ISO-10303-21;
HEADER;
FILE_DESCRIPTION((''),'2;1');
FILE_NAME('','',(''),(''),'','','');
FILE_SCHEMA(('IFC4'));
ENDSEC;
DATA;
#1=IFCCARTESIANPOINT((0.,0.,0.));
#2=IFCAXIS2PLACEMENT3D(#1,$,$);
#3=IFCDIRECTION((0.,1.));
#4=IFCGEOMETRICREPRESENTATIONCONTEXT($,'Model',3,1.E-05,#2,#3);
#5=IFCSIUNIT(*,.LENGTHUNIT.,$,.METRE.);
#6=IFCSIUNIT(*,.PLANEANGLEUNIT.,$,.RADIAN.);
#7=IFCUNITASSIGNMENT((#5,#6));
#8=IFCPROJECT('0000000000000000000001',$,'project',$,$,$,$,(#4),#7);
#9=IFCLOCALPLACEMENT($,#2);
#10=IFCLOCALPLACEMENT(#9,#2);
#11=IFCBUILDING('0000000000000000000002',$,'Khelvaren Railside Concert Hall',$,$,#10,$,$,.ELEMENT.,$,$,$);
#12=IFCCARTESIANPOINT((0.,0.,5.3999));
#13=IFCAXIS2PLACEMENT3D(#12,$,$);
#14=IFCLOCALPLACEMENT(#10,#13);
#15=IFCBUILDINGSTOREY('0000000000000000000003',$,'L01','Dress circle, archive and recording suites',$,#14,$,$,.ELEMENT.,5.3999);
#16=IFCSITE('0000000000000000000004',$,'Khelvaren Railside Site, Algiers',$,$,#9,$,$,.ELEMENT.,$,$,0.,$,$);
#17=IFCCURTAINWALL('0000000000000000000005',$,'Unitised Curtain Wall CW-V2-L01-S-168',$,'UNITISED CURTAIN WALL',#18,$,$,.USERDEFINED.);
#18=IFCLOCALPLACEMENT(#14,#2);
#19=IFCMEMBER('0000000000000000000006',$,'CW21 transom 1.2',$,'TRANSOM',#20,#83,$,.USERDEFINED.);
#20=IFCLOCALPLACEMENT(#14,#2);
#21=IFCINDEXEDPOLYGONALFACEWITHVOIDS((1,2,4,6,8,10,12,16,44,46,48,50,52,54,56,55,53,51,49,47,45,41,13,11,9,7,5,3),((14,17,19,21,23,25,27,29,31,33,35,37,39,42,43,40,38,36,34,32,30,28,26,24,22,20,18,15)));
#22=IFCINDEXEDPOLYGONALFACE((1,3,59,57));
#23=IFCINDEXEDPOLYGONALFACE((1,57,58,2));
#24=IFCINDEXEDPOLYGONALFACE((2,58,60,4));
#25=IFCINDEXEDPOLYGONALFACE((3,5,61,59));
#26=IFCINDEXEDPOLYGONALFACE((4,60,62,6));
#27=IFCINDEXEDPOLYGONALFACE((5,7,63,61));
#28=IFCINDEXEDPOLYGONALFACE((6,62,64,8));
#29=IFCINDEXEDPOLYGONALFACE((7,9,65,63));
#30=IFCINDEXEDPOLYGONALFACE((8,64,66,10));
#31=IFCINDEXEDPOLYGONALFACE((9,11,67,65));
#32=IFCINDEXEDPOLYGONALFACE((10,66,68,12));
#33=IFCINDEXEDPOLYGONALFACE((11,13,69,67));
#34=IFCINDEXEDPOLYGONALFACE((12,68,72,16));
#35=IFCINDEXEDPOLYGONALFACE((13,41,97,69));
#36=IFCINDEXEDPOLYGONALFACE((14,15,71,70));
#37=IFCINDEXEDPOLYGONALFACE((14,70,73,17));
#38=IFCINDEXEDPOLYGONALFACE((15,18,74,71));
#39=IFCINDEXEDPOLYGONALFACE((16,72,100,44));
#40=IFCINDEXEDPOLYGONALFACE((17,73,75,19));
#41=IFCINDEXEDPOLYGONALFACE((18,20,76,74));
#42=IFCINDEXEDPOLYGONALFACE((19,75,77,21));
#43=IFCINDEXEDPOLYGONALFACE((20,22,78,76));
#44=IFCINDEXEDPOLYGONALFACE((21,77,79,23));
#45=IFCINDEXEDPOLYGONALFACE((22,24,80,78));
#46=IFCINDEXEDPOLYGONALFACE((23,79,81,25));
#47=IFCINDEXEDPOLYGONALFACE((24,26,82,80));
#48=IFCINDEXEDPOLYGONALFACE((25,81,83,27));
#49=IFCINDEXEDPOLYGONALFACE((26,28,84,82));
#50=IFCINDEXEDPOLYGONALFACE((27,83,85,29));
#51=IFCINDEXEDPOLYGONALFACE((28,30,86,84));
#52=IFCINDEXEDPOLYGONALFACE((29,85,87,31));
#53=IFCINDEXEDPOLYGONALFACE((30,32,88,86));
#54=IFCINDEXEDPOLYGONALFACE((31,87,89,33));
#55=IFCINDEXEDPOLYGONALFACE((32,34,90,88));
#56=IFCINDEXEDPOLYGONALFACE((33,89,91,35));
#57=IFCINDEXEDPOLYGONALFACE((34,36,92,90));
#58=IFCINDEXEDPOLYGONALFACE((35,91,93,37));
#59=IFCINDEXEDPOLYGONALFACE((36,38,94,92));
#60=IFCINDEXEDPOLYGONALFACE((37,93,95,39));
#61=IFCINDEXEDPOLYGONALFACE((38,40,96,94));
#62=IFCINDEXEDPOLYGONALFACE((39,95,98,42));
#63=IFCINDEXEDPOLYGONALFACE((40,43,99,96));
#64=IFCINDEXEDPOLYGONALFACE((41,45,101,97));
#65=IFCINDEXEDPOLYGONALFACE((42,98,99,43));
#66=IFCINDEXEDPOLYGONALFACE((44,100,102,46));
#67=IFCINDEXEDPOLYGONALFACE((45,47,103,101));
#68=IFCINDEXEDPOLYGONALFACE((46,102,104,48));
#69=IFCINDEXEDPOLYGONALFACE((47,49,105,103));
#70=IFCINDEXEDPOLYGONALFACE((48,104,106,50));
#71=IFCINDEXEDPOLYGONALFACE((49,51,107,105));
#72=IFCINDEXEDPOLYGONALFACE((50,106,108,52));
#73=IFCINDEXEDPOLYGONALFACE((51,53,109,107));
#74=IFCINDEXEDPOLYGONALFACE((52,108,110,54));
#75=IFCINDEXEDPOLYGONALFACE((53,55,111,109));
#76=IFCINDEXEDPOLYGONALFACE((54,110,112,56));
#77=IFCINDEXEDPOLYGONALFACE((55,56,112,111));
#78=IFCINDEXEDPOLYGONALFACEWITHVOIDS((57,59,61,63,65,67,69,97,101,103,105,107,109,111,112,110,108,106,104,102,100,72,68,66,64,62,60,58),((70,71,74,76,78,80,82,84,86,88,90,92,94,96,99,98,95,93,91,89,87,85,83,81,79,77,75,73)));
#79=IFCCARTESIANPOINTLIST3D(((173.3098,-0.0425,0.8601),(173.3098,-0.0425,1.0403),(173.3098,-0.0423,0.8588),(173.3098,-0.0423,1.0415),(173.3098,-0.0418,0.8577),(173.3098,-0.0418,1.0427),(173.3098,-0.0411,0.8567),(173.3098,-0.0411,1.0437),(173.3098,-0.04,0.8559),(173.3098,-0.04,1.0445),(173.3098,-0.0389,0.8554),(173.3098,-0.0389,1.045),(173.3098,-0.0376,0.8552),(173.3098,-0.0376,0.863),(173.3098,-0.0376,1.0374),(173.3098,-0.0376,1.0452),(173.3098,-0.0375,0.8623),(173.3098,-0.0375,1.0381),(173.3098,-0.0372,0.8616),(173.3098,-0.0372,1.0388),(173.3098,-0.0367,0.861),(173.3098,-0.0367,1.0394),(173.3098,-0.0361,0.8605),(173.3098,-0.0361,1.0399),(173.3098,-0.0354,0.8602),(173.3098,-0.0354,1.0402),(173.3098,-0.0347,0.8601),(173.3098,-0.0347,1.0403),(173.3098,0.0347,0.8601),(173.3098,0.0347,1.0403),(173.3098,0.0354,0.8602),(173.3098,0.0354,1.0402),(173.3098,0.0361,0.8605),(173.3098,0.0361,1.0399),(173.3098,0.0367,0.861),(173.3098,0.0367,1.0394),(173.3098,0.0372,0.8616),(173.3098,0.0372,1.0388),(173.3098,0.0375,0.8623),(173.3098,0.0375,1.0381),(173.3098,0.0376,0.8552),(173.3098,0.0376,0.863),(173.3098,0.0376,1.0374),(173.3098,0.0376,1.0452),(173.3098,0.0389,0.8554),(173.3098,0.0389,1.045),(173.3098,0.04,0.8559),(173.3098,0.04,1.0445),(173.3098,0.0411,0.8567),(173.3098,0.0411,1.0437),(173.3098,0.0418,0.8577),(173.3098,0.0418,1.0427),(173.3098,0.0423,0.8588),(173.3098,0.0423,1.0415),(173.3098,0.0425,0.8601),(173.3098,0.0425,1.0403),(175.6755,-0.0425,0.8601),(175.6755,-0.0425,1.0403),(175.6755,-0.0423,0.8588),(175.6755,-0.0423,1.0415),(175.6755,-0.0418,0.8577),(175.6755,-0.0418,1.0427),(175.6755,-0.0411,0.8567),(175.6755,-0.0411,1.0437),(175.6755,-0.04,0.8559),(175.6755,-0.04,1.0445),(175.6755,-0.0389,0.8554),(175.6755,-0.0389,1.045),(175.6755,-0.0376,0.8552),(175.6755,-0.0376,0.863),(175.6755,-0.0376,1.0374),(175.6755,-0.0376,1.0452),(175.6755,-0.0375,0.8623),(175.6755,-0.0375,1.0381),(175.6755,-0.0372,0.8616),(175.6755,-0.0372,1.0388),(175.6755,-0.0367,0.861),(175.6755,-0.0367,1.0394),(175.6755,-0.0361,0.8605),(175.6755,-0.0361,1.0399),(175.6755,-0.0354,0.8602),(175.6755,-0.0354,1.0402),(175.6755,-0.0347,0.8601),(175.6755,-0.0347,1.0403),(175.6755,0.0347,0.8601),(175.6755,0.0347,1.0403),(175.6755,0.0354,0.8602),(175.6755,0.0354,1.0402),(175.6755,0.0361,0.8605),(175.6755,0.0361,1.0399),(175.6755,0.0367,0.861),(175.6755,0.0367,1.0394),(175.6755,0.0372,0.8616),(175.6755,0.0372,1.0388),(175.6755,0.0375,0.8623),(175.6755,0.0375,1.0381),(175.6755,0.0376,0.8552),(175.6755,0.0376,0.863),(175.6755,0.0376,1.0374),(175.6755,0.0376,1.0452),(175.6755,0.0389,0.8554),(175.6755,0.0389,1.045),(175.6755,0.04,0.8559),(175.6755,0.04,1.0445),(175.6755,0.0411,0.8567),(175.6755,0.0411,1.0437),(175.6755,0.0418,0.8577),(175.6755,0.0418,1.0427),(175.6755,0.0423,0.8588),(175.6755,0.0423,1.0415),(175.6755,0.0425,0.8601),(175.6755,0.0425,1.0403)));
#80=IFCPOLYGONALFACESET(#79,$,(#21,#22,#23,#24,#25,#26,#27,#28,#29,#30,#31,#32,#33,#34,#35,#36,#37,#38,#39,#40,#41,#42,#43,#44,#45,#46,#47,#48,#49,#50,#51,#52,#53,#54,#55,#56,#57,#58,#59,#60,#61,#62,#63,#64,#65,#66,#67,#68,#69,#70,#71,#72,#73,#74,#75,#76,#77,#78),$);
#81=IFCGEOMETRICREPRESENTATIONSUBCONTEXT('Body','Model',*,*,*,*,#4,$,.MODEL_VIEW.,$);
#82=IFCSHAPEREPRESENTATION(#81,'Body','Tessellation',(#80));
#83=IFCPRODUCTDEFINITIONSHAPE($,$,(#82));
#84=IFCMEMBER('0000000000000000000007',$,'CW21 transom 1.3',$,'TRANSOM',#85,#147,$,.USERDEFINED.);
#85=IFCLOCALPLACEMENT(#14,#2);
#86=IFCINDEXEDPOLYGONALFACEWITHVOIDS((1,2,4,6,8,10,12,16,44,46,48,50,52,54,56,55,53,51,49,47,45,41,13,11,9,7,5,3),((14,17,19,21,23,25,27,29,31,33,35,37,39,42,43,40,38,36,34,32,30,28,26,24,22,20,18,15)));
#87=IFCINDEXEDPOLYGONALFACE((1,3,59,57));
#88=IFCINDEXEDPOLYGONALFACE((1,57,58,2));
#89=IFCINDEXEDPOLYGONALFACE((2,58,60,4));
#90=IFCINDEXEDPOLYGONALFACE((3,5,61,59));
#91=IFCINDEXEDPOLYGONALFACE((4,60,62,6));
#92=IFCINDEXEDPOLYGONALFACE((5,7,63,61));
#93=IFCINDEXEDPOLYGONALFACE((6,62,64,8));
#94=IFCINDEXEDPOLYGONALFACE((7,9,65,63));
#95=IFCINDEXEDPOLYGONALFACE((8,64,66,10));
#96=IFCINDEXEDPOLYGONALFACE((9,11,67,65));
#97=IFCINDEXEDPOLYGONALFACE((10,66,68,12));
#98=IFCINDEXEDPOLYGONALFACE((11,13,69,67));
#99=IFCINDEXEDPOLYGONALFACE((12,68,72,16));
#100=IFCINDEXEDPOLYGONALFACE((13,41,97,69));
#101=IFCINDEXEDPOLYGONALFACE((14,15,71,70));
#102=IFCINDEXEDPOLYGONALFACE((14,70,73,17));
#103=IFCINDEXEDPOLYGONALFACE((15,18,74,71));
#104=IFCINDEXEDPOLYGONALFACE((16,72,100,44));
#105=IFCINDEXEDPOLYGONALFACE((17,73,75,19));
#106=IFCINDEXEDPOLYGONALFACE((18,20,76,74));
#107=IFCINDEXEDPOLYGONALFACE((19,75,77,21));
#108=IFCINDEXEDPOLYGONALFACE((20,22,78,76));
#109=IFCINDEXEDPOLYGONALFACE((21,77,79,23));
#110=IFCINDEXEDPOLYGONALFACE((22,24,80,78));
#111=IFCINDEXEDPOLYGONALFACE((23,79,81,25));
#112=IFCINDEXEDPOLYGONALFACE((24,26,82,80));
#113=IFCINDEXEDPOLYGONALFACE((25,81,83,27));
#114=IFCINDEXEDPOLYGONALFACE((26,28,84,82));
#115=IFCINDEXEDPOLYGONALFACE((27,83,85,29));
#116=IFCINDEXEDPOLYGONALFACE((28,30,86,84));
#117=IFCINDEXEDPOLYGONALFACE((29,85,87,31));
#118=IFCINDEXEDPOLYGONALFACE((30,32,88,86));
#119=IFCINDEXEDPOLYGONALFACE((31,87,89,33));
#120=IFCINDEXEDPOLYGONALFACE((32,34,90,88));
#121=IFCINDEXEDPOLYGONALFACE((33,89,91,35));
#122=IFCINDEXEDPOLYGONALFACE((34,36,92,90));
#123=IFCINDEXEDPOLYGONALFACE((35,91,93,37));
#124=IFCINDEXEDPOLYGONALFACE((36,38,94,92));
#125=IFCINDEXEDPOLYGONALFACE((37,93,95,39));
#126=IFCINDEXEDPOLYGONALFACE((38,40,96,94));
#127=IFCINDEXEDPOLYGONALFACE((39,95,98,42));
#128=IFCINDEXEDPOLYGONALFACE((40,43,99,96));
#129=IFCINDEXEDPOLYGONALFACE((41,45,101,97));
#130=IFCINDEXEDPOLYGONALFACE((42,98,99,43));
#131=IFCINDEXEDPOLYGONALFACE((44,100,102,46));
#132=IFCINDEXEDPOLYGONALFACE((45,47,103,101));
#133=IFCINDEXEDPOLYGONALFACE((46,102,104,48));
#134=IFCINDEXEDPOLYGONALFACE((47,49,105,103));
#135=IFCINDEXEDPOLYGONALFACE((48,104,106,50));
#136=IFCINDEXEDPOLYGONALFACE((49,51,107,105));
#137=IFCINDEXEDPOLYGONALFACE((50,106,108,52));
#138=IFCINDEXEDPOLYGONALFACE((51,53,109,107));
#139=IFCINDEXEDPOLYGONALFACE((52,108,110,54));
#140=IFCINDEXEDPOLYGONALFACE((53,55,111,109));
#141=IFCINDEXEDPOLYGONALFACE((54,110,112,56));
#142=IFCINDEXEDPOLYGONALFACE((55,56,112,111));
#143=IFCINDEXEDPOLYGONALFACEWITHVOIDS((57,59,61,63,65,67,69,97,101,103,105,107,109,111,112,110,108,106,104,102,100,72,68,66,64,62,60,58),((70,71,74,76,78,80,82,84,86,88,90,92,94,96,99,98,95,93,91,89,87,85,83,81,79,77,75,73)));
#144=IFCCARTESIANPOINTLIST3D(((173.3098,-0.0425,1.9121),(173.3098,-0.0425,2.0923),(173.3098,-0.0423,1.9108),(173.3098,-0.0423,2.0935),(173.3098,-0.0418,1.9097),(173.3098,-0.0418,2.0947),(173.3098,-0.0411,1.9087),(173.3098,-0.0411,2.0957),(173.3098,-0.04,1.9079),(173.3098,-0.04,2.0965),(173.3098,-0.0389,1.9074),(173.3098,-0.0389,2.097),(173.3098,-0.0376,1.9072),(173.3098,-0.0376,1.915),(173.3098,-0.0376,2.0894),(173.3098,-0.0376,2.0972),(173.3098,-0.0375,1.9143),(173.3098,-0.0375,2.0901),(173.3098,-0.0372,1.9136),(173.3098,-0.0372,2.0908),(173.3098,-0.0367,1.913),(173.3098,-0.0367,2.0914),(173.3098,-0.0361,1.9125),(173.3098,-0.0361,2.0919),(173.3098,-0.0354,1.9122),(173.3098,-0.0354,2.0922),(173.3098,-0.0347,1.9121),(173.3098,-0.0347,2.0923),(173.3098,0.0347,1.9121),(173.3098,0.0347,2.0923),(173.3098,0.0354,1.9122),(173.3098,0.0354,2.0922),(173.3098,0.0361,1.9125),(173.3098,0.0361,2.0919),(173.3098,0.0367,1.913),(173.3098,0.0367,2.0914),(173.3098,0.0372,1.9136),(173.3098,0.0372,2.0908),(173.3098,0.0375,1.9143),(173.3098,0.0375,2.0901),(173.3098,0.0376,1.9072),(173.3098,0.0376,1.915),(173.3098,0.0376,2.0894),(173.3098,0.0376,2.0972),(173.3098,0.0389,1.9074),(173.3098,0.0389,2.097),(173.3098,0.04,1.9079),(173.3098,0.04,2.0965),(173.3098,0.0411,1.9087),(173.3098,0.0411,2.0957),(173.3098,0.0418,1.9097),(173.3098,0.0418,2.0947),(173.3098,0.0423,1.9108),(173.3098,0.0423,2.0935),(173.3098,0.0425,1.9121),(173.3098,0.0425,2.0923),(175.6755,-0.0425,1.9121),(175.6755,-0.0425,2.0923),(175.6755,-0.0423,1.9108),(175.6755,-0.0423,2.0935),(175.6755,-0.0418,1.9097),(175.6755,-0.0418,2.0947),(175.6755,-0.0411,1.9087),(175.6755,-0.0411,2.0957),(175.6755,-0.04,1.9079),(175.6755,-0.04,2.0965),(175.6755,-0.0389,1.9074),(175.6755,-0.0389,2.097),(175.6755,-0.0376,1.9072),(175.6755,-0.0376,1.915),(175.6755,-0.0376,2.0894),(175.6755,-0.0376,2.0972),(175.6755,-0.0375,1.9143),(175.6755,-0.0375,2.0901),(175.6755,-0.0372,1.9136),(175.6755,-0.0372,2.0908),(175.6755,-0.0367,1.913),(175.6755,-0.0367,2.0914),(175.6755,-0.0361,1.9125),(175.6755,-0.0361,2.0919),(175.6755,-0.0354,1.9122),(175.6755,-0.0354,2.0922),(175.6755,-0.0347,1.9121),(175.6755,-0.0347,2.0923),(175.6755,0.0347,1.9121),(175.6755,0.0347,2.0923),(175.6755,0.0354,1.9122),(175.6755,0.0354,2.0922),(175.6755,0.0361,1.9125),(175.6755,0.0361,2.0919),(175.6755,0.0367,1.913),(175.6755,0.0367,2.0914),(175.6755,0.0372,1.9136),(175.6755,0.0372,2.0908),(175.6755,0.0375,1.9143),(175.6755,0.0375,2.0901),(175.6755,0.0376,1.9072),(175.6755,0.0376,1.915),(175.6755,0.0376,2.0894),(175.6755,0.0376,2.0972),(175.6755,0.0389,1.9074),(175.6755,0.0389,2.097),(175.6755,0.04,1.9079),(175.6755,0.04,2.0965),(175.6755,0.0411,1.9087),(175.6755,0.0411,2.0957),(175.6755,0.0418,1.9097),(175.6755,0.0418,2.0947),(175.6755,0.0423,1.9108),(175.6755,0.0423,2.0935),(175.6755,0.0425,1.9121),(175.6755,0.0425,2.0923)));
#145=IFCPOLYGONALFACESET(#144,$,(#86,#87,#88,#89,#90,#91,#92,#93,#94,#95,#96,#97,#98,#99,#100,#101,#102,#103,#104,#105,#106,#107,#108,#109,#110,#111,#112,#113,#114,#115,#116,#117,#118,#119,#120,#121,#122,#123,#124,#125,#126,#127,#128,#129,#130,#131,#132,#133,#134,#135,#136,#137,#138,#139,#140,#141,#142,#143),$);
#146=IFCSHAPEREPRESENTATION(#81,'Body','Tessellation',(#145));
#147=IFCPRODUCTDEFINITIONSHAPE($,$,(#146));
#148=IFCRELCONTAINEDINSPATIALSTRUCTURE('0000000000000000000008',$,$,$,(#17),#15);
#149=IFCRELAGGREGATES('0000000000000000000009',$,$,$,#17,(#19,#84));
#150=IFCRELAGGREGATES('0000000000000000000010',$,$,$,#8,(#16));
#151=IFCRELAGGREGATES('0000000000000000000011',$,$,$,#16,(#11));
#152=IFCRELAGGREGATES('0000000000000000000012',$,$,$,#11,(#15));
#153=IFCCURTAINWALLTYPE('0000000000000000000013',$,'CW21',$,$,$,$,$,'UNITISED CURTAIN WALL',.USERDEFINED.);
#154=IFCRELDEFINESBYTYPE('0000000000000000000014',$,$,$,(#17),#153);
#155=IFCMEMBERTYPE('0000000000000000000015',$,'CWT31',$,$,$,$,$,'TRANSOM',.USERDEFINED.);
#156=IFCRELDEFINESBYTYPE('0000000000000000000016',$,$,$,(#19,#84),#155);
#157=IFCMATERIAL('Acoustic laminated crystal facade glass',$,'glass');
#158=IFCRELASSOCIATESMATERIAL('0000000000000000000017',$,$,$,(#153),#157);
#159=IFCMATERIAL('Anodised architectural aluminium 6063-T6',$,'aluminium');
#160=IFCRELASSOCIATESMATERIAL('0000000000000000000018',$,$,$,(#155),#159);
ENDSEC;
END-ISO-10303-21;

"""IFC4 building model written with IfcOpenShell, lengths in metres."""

from ifc_helpers import new_model, si_unit, direction, frame, origin, origin_2d, place, context, subcontext, project, spatial, hollow_rectangle, extrude, material, material_profile, profile_set, type_object, element, aggregate, save


model = new_model("IFC4")

# Units and contexts
model_context = context("Model", 3, precision=1e-05, world=origin(), true_north=direction((0.0, 1.0)))
body_context = subcontext(model_context, "Body", "Model", "MODEL_VIEW")
ifc_project = project(units=[si_unit("LENGTHUNIT", "METRE"), si_unit("PLANEANGLEUNIT", "RADIAN")], contexts=[model_context])

# Site, building, storey
site_placement = place(None, origin())
site = spatial("IfcSite", under=ifc_project, at=site_placement, Name="Khelvaren Railside Site, Algiers", CompositionType="ELEMENT", RefElevation=0.0)
building_placement = place(site_placement, origin())
building = spatial("IfcBuilding", under=site, at=building_placement, Name="Khelvaren Railside Concert Hall", CompositionType="ELEMENT")
storey_placement = place(building_placement, frame((0.0, 0.0, 5.3999)))
storey = spatial("IfcBuildingStorey", under=building, at=storey_placement, Name="L01", Description="Dress circle, archive and recording suites", CompositionType="ELEMENT", Elevation=5.3999)

# Curtain wall, members
ifc_material_1 = material(Name="Acoustic laminated crystal facade glass", Category="glass")
curtain_wall_type = type_object("IfcCurtainWallType", Name="CW21", ElementType="UNITISED CURTAIN WALL", PredefinedType="USERDEFINED", material=ifc_material_1)
curtain_wall_placement = place(storey_placement, origin())
curtain_wall = element("IfcCurtainWall", 1, at=curtain_wall_placement, inside=storey, type_object=curtain_wall_type, Name="Unitised Curtain Wall CW-V2-L01-S-168", ObjectType="UNITISED CURTAIN WALL", PredefinedType="USERDEFINED")
ifc_material_2 = material(Name="Anodised architectural aluminium 6063-T6", Category="aluminium")
ifc_material_profile_1 = material_profile(ifc_material_2, hollow_rectangle(XDim=0.085, YDim=0.1899, WallThickness=0.0049, InnerFilletRadius=0.0029, OuterFilletRadius=0.0049, at=origin_2d()), Name="CWT 85x190x5")
ifc_profile_set_1 = profile_set([ifc_material_profile_1], Name="Anodised architectural aluminium 6063-T6")
member_type_1 = type_object("IfcMemberType", Name="CWT31", ElementType="TRANSOM", PredefinedType="USERDEFINED", material=ifc_profile_set_1)
member_1_placement = place(storey_placement, frame((175.6755, 0.0, 0.9502), z_axis=(-1.0, 0.0, 0.0), x_axis=(0.0, -1.0, 0.0)))
member_1 = element("IfcMember", 2, at=member_1_placement, type_object=member_type_1, Name="CW21 transom 1.2", ObjectType="TRANSOM", PredefinedType="USERDEFINED", context=body_context, shape_type="SweptSolid", body=[
    extrude(hollow_rectangle(XDim=0.085, YDim=0.1899, WallThickness=0.0049, InnerFilletRadius=0.0029, OuterFilletRadius=0.0049, at=origin_2d()), origin(), (0.0, 0.0, 1.0), 2.3657),
])
member_2_placement = place(storey_placement, frame((175.6755, 0.0, 2.0022), z_axis=(-1.0, 0.0, 0.0), x_axis=(0.0, -1.0, 0.0)))
member_2 = element("IfcMember", 3, at=member_2_placement, type_object=member_type_1, Name="CW21 transom 1.3", ObjectType="TRANSOM", PredefinedType="USERDEFINED", context=body_context, shape_type="SweptSolid", body=[
    extrude(hollow_rectangle(XDim=0.085, YDim=0.1899, WallThickness=0.0049, InnerFilletRadius=0.0029, OuterFilletRadius=0.0049, at=origin_2d()), origin(), (0.0, 0.0, 1.0), 2.3657),
])

aggregate(curtain_wall, [member_1, member_2])

save(model, "model.ifc")
